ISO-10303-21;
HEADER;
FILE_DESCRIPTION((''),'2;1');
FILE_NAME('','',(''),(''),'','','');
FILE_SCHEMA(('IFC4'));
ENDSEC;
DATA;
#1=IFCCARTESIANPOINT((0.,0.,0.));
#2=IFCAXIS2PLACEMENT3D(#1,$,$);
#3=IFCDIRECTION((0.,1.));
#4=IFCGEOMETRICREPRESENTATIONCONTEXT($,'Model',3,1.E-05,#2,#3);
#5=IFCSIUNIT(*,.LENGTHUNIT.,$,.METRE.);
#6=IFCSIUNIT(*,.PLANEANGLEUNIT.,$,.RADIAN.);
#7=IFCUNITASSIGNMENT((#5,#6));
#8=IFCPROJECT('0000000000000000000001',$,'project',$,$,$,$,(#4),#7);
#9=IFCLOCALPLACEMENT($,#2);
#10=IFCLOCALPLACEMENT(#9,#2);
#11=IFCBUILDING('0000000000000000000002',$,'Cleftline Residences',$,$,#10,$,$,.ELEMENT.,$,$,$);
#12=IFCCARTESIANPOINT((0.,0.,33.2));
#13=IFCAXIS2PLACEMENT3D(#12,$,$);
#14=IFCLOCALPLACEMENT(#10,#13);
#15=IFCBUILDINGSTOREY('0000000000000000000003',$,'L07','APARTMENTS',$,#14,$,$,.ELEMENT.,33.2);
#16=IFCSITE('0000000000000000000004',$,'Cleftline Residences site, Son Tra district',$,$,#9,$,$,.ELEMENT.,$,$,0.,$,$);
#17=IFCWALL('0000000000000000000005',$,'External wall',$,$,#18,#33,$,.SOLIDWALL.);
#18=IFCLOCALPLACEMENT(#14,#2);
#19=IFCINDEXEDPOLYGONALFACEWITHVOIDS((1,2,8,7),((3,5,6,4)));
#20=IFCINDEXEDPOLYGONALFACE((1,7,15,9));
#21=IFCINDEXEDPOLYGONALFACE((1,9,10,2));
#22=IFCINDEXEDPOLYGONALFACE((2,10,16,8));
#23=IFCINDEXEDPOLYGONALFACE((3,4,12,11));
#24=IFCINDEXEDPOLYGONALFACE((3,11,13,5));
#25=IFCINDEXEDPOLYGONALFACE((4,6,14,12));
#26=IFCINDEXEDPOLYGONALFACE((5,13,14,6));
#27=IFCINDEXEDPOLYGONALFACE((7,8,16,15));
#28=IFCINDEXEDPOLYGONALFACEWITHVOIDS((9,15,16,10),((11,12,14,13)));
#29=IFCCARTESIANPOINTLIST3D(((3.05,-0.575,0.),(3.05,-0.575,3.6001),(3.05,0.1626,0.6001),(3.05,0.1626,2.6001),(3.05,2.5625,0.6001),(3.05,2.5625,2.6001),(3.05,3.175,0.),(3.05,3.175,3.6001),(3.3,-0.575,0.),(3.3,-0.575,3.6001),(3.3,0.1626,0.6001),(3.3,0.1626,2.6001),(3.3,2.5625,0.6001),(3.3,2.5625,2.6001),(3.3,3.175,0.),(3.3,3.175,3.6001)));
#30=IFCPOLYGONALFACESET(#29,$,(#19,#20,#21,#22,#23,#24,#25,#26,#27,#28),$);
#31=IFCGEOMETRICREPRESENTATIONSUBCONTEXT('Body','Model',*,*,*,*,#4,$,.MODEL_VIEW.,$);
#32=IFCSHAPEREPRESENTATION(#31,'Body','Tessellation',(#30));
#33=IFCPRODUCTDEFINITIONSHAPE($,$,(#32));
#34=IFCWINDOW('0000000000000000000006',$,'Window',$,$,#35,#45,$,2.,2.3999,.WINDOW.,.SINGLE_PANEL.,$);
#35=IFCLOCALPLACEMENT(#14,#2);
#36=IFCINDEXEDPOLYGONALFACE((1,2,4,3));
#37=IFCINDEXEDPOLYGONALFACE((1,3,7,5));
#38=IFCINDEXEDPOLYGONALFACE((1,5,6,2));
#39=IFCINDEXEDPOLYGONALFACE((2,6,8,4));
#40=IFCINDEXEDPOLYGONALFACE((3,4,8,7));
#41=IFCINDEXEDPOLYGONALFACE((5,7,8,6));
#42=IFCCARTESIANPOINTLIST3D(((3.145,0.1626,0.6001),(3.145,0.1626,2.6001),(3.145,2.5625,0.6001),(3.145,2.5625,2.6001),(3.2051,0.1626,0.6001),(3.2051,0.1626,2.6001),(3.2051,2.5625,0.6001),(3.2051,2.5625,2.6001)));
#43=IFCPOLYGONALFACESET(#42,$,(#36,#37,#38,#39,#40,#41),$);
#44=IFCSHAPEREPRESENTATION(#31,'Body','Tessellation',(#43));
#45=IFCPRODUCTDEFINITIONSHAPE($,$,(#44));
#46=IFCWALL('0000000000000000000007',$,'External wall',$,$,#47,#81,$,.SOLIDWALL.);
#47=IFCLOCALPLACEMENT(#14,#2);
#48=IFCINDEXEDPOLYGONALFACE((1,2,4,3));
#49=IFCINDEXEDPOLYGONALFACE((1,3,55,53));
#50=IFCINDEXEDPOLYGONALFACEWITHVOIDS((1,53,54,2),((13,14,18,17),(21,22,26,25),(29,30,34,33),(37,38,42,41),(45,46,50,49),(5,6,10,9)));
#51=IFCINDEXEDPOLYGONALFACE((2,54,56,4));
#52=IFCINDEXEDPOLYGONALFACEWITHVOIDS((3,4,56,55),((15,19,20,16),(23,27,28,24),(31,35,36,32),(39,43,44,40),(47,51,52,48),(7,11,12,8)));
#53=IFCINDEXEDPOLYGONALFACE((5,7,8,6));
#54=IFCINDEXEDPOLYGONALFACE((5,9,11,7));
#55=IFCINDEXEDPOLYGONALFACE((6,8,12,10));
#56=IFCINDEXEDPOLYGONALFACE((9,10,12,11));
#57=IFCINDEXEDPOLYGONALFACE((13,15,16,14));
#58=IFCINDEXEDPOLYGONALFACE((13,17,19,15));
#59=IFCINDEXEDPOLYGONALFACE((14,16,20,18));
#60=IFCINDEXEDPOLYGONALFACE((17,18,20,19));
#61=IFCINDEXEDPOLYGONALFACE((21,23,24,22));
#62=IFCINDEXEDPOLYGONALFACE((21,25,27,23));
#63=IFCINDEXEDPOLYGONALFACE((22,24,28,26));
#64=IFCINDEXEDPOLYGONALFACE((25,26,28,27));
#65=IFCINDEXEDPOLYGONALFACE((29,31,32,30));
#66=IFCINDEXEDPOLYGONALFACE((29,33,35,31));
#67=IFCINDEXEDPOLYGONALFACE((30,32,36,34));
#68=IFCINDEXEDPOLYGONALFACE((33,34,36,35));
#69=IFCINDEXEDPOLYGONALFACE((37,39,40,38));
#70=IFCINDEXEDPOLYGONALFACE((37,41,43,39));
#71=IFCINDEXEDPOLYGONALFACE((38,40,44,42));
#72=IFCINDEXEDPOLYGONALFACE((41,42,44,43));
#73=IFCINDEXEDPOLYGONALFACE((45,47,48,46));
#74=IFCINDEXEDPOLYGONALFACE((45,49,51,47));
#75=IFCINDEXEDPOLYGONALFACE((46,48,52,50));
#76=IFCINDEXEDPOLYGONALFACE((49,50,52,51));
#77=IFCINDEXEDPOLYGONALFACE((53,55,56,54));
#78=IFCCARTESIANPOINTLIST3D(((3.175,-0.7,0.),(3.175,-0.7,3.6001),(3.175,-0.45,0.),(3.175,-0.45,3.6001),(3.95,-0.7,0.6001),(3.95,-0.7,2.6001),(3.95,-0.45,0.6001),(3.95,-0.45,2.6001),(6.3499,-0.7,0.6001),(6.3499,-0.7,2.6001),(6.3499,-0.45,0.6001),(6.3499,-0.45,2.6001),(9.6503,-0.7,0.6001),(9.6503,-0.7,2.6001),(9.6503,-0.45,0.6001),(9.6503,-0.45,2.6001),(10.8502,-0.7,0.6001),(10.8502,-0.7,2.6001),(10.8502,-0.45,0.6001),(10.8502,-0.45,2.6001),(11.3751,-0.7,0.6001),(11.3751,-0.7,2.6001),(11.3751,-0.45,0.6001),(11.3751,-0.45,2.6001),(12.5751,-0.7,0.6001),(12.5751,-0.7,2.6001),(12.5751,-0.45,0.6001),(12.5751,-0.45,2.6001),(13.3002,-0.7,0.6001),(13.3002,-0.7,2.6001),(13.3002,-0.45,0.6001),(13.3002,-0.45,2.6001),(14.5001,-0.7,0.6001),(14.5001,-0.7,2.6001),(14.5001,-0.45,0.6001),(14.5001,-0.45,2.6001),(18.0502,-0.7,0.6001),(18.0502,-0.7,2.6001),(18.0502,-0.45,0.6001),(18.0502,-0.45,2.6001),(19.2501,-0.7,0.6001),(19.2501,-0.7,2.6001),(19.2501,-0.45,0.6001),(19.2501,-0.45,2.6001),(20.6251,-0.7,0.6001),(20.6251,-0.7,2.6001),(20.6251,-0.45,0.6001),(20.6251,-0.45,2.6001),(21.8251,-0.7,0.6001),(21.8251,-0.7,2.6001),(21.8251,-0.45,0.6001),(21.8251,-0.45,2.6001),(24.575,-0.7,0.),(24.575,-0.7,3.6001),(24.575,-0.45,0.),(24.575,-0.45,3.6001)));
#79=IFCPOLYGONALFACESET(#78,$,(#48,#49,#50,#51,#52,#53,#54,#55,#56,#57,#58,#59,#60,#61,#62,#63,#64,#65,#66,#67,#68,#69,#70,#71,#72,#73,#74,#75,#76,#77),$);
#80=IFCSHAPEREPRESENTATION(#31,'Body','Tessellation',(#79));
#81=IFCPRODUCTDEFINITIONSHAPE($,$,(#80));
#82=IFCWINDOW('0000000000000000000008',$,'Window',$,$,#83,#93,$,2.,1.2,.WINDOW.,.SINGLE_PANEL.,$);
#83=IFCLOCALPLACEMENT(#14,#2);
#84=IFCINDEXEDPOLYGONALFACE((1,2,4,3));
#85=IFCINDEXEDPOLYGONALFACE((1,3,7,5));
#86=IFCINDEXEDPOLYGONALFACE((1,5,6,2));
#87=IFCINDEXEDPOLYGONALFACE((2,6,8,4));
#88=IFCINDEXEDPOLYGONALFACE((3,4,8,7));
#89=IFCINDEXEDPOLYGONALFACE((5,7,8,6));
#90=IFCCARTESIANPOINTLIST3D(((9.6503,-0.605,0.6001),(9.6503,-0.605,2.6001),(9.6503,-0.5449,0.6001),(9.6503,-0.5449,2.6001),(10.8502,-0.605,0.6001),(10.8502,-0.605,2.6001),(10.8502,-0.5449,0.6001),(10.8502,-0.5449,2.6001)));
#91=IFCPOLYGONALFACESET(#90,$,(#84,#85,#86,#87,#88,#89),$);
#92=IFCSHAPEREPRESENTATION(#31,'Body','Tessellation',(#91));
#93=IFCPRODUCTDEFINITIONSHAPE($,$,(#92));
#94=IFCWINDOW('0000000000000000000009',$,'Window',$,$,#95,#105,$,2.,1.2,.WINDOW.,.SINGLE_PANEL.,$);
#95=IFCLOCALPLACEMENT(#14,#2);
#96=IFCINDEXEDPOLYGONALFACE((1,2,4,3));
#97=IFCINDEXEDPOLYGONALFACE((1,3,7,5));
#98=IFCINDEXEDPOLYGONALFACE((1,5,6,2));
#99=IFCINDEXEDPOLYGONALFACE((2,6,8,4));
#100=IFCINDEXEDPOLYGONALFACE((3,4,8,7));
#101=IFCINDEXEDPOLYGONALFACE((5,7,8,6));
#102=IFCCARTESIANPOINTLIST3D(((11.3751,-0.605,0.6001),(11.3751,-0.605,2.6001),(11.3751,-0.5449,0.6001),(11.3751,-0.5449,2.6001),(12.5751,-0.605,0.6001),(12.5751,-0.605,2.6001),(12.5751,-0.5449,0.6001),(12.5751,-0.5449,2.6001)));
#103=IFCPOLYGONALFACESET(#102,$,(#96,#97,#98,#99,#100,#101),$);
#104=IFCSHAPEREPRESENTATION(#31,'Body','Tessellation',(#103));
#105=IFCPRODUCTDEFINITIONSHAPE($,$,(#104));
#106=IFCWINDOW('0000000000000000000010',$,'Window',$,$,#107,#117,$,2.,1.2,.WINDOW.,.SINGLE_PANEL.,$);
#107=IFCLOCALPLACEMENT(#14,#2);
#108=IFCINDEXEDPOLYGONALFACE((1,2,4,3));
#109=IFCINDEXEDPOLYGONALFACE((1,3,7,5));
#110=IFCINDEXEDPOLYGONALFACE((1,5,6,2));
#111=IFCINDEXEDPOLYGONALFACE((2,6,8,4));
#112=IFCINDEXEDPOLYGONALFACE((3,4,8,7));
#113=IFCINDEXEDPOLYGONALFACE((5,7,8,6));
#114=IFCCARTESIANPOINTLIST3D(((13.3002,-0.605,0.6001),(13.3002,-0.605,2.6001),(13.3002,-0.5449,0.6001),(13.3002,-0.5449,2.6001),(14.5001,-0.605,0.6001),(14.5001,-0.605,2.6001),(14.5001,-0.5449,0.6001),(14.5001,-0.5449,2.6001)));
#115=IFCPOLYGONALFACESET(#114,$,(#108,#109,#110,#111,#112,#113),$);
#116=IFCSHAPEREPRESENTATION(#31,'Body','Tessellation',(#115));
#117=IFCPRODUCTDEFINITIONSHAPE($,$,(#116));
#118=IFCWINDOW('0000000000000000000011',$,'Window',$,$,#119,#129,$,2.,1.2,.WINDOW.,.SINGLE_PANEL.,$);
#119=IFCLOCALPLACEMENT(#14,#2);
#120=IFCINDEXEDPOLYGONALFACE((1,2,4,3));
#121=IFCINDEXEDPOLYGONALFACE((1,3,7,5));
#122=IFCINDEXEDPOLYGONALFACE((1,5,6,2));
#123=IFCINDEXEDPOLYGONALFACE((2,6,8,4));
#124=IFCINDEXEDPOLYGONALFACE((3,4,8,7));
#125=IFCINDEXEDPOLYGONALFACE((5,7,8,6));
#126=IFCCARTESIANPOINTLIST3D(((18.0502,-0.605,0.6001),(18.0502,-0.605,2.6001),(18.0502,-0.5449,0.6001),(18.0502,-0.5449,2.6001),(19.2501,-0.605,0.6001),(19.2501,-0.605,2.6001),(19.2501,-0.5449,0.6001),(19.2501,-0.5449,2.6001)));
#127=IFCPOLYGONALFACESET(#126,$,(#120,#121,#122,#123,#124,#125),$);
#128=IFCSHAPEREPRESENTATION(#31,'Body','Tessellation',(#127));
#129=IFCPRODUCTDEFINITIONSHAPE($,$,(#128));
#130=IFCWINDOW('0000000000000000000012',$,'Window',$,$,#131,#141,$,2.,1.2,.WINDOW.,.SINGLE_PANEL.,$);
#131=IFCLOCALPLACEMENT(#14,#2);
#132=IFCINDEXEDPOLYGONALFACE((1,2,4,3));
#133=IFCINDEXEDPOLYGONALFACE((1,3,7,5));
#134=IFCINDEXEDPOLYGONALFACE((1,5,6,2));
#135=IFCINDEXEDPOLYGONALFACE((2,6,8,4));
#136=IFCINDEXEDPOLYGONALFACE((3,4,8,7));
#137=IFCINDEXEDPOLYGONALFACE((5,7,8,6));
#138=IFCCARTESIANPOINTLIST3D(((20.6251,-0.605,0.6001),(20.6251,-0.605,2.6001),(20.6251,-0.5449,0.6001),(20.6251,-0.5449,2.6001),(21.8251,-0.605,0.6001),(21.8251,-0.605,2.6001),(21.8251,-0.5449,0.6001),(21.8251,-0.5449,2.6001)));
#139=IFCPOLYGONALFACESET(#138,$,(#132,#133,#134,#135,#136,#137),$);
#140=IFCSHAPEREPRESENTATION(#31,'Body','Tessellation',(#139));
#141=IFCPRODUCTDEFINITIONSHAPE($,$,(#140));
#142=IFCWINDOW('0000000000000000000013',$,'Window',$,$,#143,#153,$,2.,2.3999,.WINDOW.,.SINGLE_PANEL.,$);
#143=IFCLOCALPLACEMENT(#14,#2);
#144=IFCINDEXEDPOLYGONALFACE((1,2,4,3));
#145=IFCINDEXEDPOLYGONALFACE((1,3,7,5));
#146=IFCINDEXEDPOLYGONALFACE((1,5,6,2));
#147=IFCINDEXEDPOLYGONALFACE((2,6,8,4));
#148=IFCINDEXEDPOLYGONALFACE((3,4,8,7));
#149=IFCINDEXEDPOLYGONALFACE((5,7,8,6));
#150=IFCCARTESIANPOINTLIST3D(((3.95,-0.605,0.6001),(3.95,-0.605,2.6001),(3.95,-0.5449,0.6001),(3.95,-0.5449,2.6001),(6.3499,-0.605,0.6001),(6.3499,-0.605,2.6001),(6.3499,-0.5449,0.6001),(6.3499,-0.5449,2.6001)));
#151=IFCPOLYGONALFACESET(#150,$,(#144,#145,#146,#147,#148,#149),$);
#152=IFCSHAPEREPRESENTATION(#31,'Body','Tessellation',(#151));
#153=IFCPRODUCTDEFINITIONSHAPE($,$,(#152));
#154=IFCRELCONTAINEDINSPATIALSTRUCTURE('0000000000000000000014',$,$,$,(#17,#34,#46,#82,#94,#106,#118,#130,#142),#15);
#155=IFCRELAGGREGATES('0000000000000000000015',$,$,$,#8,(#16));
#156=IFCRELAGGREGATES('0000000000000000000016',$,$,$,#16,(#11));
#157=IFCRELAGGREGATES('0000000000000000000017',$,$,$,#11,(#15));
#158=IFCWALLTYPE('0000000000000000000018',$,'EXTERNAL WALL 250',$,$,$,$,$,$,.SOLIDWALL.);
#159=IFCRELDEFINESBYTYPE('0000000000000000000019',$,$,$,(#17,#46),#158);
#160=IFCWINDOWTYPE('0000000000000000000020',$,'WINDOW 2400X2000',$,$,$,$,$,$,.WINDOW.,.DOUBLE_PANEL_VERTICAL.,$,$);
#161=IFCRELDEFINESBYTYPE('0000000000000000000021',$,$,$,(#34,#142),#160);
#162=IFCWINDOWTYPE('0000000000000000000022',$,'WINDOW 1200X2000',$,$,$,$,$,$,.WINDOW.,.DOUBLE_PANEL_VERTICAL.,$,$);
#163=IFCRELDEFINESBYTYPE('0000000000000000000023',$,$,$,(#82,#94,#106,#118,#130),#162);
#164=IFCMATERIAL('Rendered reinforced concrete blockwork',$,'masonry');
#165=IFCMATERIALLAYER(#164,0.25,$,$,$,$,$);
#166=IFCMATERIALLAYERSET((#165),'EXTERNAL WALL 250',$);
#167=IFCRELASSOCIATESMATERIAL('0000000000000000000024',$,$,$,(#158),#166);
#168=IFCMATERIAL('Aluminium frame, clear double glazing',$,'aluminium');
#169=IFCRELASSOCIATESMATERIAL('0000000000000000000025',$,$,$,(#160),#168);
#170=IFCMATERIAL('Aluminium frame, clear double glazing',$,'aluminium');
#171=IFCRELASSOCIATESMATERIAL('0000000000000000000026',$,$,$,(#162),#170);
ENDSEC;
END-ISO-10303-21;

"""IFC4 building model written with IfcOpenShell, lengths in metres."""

from ifc_helpers import new_model, si_unit, direction, frame, frame_2d, origin, place, context, subcontext, project, spatial, rectangle, extrude, material, layer, layer_set, type_object, element, fill, save


model = new_model("IFC4")

# Units and contexts
model_context = context("Model", 3, precision=1e-05, world=origin(), true_north=direction((0.0, 1.0)))
body_context = subcontext(model_context, "Body", "Model", "MODEL_VIEW")
ifc_project = project(units=[si_unit("LENGTHUNIT", "METRE"), si_unit("PLANEANGLEUNIT", "RADIAN")], contexts=[model_context])

# Site, building, storey
site_placement = place(None, origin())
site = spatial("IfcSite", under=ifc_project, at=site_placement, Name="Cleftline Residences site, Son Tra district", CompositionType="ELEMENT", RefElevation=0.0)
building_placement = place(site_placement, origin())
building = spatial("IfcBuilding", under=site, at=building_placement, Name="Cleftline Residences", CompositionType="ELEMENT")
storey_placement = place(building_placement, frame((0.0, 0.0, 33.2)))
storey = spatial("IfcBuildingStorey", under=building, at=storey_placement, Name="L07", Description="APARTMENTS", CompositionType="ELEMENT", Elevation=33.2)

# Wall, opening, window
ifc_material_1 = material(Name="Rendered reinforced concrete blockwork", Category="masonry")
ifc_layer_1 = layer(ifc_material_1, 0.25)
ifc_layer_set_1 = layer_set([ifc_layer_1], Name="EXTERNAL WALL 250")
wall_type_1 = type_object("IfcWallType", Name="EXTERNAL WALL 250", PredefinedType="SOLIDWALL", material=ifc_layer_set_1)
wall_1_placement = place(storey_placement, frame((3.175, 3.175, 0.0), z_axis=(0.0, 0.0, 1.0), x_axis=(0.0, -1.0, 0.0)))
wall_1 = element("IfcWall", 1, at=wall_1_placement, inside=storey, type_object=wall_type_1, Name="External wall", PredefinedType="SOLIDWALL", context=body_context, shape_type="SweptSolid", body=[
    extrude(rectangle(XDim=3.75, YDim=0.25, at=frame_2d((1.875, 0.0))), origin(), (0.0, 0.0, 1.0), 3.6001),
])
opening_1_placement = place(wall_1_placement, frame((0.6125, 0.0, 0.6001)))
opening_1 = element("IfcOpeningElement", 2, at=opening_1_placement, cuts=wall_1, PredefinedType="OPENING", context=body_context, shape_type="SweptSolid", body=[
    extrude(rectangle(XDim=2.3999, YDim=2.0, at=frame_2d((1.2, 1.0))), frame((0.0, 0.135, 0.0), z_axis=(0.0, -1.0, 0.0), x_axis=(1.0, 0.0, 0.0)), (0.0, 0.0, 1.0), 0.27),
])
ifc_material_2 = material(Name="Aluminium frame, clear double glazing", Category="aluminium")
window_type_1 = type_object("IfcWindowType", Name="WINDOW 2400X2000", PartitioningType="DOUBLE_PANEL_VERTICAL", PredefinedType="WINDOW", material=ifc_material_2)
window_1_placement = place(opening_1_placement, origin())
window_1 = element("IfcWindow", 3, at=window_1_placement, inside=storey, type_object=window_type_1, Name="Window", OverallHeight=2.0, OverallWidth=2.3999, PartitioningType="SINGLE_PANEL", PredefinedType="WINDOW", context=body_context, shape_type="SweptSolid", body=[
    extrude(rectangle(XDim=2.3999, YDim=2.0, at=frame_2d((1.2, 1.0))), frame((0.0, 0.03, 0.0), z_axis=(0.0, -1.0, 0.0), x_axis=(1.0, 0.0, 0.0)), (0.0, 0.0, 1.0), 0.0601),
])
fill(opening_1, window_1)

# Wall, openings, windows
wall_2_placement = place(storey_placement, frame((3.175, -0.575, 0.0), z_axis=(0.0, 0.0, 1.0), x_axis=(1.0, 0.0, 0.0)))
wall_2 = element("IfcWall", 4, at=wall_2_placement, inside=storey, type_object=wall_type_1, Name="External wall", PredefinedType="SOLIDWALL", context=body_context, shape_type="SweptSolid", body=[
    extrude(rectangle(XDim=21.3999, YDim=0.25, at=frame_2d((10.7, 0.0))), origin(), (0.0, 0.0, 1.0), 3.6001),
])
opening_2_placement = place(wall_2_placement, frame((0.7749, 0.0, 0.6001)))
opening_2 = element("IfcOpeningElement", 5, at=opening_2_placement, cuts=wall_2, PredefinedType="OPENING", context=body_context, shape_type="SweptSolid", body=[
    extrude(rectangle(XDim=2.3999, YDim=2.0, at=frame_2d((1.2, 1.0))), frame((0.0, 0.135, 0.0), z_axis=(0.0, -1.0, 0.0), x_axis=(1.0, 0.0, 0.0)), (0.0, 0.0, 1.0), 0.27),
])
opening_3_placement = place(wall_2_placement, frame((6.4751, 0.0, 0.6001)))
opening_3 = element("IfcOpeningElement", 6, at=opening_3_placement, cuts=wall_2, PredefinedType="OPENING", context=body_context, shape_type="SweptSolid", body=[
    extrude(rectangle(XDim=1.2, YDim=2.0, at=frame_2d((0.6001, 1.0))), frame((0.0, 0.135, 0.0), z_axis=(0.0, -1.0, 0.0), x_axis=(1.0, 0.0, 0.0)), (0.0, 0.0, 1.0), 0.27),
])
opening_4_placement = place(wall_2_placement, frame((8.2, 0.0, 0.6001)))
opening_4 = element("IfcOpeningElement", 7, at=opening_4_placement, cuts=wall_2, PredefinedType="OPENING", context=body_context, shape_type="SweptSolid", body=[
    extrude(rectangle(XDim=1.2, YDim=2.0, at=frame_2d((0.6001, 1.0))), frame((0.0, 0.135, 0.0), z_axis=(0.0, -1.0, 0.0), x_axis=(1.0, 0.0, 0.0)), (0.0, 0.0, 1.0), 0.27),
])
opening_5_placement = place(wall_2_placement, frame((10.125, 0.0, 0.6001)))
opening_5 = element("IfcOpeningElement", 8, at=opening_5_placement, cuts=wall_2, PredefinedType="OPENING", context=body_context, shape_type="SweptSolid", body=[
    extrude(rectangle(XDim=1.2, YDim=2.0, at=frame_2d((0.6001, 1.0))), frame((0.0, 0.135, 0.0), z_axis=(0.0, -1.0, 0.0), x_axis=(1.0, 0.0, 0.0)), (0.0, 0.0, 1.0), 0.27),
])
opening_6_placement = place(wall_2_placement, frame((14.875, 0.0, 0.6001)))
opening_6 = element("IfcOpeningElement", 9, at=opening_6_placement, cuts=wall_2, PredefinedType="OPENING", context=body_context, shape_type="SweptSolid", body=[
    extrude(rectangle(XDim=1.2, YDim=2.0, at=frame_2d((0.6001, 1.0))), frame((0.0, 0.135, 0.0), z_axis=(0.0, -1.0, 0.0), x_axis=(1.0, 0.0, 0.0)), (0.0, 0.0, 1.0), 0.27),
])
opening_7_placement = place(wall_2_placement, frame((17.45, 0.0, 0.6001)))
opening_7 = element("IfcOpeningElement", 10, at=opening_7_placement, cuts=wall_2, PredefinedType="OPENING", context=body_context, shape_type="SweptSolid", body=[
    extrude(rectangle(XDim=1.2, YDim=2.0, at=frame_2d((0.6001, 1.0))), frame((0.0, 0.135, 0.0), z_axis=(0.0, -1.0, 0.0), x_axis=(1.0, 0.0, 0.0)), (0.0, 0.0, 1.0), 0.27),
])
ifc_material_3 = material(Name="Aluminium frame, clear double glazing", Category="aluminium")
window_type_2 = type_object("IfcWindowType", Name="WINDOW 1200X2000", PartitioningType="DOUBLE_PANEL_VERTICAL", PredefinedType="WINDOW", material=ifc_material_3)
window_2_placement = place(opening_3_placement, origin())
window_2 = element("IfcWindow", 11, at=window_2_placement, inside=storey, type_object=window_type_2, Name="Window", OverallHeight=2.0, OverallWidth=1.2, PartitioningType="SINGLE_PANEL", PredefinedType="WINDOW", context=body_context, shape_type="SweptSolid", body=[
    extrude(rectangle(XDim=1.2, YDim=2.0, at=frame_2d((0.6001, 1.0))), frame((0.0, 0.03, 0.0), z_axis=(0.0, -1.0, 0.0), x_axis=(1.0, 0.0, 0.0)), (0.0, 0.0, 1.0), 0.0601),
])
fill(opening_3, window_2)
window_3_placement = place(opening_4_placement, origin())
window_3 = element("IfcWindow", 12, at=window_3_placement, inside=storey, type_object=window_type_2, Name="Window", OverallHeight=2.0, OverallWidth=1.2, PartitioningType="SINGLE_PANEL", PredefinedType="WINDOW", context=body_context, shape_type="SweptSolid", body=[
    extrude(rectangle(XDim=1.2, YDim=2.0, at=frame_2d((0.6001, 1.0))), frame((0.0, 0.03, 0.0), z_axis=(0.0, -1.0, 0.0), x_axis=(1.0, 0.0, 0.0)), (0.0, 0.0, 1.0), 0.0601),
])
fill(opening_4, window_3)
window_4_placement = place(opening_5_placement, origin())
window_4 = element("IfcWindow", 13, at=window_4_placement, inside=storey, type_object=window_type_2, Name="Window", OverallHeight=2.0, OverallWidth=1.2, PartitioningType="SINGLE_PANEL", PredefinedType="WINDOW", context=body_context, shape_type="SweptSolid", body=[
    extrude(rectangle(XDim=1.2, YDim=2.0, at=frame_2d((0.6001, 1.0))), frame((0.0, 0.03, 0.0), z_axis=(0.0, -1.0, 0.0), x_axis=(1.0, 0.0, 0.0)), (0.0, 0.0, 1.0), 0.0601),
])
fill(opening_5, window_4)
window_5_placement = place(opening_6_placement, origin())
window_5 = element("IfcWindow", 14, at=window_5_placement, inside=storey, type_object=window_type_2, Name="Window", OverallHeight=2.0, OverallWidth=1.2, PartitioningType="SINGLE_PANEL", PredefinedType="WINDOW", context=body_context, shape_type="SweptSolid", body=[
    extrude(rectangle(XDim=1.2, YDim=2.0, at=frame_2d((0.6001, 1.0))), frame((0.0, 0.03, 0.0), z_axis=(0.0, -1.0, 0.0), x_axis=(1.0, 0.0, 0.0)), (0.0, 0.0, 1.0), 0.0601),
])
fill(opening_6, window_5)
window_6_placement = place(opening_7_placement, origin())
window_6 = element("IfcWindow", 15, at=window_6_placement, inside=storey, type_object=window_type_2, Name="Window", OverallHeight=2.0, OverallWidth=1.2, PartitioningType="SINGLE_PANEL", PredefinedType="WINDOW", context=body_context, shape_type="SweptSolid", body=[
    extrude(rectangle(XDim=1.2, YDim=2.0, at=frame_2d((0.6001, 1.0))), frame((0.0, 0.03, 0.0), z_axis=(0.0, -1.0, 0.0), x_axis=(1.0, 0.0, 0.0)), (0.0, 0.0, 1.0), 0.0601),
])
fill(opening_7, window_6)
window_7_placement = place(opening_2_placement, origin())
window_7 = element("IfcWindow", 16, at=window_7_placement, inside=storey, type_object=window_type_1, Name="Window", OverallHeight=2.0, OverallWidth=2.3999, PartitioningType="SINGLE_PANEL", PredefinedType="WINDOW", context=body_context, shape_type="SweptSolid", body=[
    extrude(rectangle(XDim=2.3999, YDim=2.0, at=frame_2d((1.2, 1.0))), frame((0.0, 0.03, 0.0), z_axis=(0.0, -1.0, 0.0), x_axis=(1.0, 0.0, 0.0)), (0.0, 0.0, 1.0), 0.0601),
])
fill(opening_2, window_7)

save(model, "model.ifc")
